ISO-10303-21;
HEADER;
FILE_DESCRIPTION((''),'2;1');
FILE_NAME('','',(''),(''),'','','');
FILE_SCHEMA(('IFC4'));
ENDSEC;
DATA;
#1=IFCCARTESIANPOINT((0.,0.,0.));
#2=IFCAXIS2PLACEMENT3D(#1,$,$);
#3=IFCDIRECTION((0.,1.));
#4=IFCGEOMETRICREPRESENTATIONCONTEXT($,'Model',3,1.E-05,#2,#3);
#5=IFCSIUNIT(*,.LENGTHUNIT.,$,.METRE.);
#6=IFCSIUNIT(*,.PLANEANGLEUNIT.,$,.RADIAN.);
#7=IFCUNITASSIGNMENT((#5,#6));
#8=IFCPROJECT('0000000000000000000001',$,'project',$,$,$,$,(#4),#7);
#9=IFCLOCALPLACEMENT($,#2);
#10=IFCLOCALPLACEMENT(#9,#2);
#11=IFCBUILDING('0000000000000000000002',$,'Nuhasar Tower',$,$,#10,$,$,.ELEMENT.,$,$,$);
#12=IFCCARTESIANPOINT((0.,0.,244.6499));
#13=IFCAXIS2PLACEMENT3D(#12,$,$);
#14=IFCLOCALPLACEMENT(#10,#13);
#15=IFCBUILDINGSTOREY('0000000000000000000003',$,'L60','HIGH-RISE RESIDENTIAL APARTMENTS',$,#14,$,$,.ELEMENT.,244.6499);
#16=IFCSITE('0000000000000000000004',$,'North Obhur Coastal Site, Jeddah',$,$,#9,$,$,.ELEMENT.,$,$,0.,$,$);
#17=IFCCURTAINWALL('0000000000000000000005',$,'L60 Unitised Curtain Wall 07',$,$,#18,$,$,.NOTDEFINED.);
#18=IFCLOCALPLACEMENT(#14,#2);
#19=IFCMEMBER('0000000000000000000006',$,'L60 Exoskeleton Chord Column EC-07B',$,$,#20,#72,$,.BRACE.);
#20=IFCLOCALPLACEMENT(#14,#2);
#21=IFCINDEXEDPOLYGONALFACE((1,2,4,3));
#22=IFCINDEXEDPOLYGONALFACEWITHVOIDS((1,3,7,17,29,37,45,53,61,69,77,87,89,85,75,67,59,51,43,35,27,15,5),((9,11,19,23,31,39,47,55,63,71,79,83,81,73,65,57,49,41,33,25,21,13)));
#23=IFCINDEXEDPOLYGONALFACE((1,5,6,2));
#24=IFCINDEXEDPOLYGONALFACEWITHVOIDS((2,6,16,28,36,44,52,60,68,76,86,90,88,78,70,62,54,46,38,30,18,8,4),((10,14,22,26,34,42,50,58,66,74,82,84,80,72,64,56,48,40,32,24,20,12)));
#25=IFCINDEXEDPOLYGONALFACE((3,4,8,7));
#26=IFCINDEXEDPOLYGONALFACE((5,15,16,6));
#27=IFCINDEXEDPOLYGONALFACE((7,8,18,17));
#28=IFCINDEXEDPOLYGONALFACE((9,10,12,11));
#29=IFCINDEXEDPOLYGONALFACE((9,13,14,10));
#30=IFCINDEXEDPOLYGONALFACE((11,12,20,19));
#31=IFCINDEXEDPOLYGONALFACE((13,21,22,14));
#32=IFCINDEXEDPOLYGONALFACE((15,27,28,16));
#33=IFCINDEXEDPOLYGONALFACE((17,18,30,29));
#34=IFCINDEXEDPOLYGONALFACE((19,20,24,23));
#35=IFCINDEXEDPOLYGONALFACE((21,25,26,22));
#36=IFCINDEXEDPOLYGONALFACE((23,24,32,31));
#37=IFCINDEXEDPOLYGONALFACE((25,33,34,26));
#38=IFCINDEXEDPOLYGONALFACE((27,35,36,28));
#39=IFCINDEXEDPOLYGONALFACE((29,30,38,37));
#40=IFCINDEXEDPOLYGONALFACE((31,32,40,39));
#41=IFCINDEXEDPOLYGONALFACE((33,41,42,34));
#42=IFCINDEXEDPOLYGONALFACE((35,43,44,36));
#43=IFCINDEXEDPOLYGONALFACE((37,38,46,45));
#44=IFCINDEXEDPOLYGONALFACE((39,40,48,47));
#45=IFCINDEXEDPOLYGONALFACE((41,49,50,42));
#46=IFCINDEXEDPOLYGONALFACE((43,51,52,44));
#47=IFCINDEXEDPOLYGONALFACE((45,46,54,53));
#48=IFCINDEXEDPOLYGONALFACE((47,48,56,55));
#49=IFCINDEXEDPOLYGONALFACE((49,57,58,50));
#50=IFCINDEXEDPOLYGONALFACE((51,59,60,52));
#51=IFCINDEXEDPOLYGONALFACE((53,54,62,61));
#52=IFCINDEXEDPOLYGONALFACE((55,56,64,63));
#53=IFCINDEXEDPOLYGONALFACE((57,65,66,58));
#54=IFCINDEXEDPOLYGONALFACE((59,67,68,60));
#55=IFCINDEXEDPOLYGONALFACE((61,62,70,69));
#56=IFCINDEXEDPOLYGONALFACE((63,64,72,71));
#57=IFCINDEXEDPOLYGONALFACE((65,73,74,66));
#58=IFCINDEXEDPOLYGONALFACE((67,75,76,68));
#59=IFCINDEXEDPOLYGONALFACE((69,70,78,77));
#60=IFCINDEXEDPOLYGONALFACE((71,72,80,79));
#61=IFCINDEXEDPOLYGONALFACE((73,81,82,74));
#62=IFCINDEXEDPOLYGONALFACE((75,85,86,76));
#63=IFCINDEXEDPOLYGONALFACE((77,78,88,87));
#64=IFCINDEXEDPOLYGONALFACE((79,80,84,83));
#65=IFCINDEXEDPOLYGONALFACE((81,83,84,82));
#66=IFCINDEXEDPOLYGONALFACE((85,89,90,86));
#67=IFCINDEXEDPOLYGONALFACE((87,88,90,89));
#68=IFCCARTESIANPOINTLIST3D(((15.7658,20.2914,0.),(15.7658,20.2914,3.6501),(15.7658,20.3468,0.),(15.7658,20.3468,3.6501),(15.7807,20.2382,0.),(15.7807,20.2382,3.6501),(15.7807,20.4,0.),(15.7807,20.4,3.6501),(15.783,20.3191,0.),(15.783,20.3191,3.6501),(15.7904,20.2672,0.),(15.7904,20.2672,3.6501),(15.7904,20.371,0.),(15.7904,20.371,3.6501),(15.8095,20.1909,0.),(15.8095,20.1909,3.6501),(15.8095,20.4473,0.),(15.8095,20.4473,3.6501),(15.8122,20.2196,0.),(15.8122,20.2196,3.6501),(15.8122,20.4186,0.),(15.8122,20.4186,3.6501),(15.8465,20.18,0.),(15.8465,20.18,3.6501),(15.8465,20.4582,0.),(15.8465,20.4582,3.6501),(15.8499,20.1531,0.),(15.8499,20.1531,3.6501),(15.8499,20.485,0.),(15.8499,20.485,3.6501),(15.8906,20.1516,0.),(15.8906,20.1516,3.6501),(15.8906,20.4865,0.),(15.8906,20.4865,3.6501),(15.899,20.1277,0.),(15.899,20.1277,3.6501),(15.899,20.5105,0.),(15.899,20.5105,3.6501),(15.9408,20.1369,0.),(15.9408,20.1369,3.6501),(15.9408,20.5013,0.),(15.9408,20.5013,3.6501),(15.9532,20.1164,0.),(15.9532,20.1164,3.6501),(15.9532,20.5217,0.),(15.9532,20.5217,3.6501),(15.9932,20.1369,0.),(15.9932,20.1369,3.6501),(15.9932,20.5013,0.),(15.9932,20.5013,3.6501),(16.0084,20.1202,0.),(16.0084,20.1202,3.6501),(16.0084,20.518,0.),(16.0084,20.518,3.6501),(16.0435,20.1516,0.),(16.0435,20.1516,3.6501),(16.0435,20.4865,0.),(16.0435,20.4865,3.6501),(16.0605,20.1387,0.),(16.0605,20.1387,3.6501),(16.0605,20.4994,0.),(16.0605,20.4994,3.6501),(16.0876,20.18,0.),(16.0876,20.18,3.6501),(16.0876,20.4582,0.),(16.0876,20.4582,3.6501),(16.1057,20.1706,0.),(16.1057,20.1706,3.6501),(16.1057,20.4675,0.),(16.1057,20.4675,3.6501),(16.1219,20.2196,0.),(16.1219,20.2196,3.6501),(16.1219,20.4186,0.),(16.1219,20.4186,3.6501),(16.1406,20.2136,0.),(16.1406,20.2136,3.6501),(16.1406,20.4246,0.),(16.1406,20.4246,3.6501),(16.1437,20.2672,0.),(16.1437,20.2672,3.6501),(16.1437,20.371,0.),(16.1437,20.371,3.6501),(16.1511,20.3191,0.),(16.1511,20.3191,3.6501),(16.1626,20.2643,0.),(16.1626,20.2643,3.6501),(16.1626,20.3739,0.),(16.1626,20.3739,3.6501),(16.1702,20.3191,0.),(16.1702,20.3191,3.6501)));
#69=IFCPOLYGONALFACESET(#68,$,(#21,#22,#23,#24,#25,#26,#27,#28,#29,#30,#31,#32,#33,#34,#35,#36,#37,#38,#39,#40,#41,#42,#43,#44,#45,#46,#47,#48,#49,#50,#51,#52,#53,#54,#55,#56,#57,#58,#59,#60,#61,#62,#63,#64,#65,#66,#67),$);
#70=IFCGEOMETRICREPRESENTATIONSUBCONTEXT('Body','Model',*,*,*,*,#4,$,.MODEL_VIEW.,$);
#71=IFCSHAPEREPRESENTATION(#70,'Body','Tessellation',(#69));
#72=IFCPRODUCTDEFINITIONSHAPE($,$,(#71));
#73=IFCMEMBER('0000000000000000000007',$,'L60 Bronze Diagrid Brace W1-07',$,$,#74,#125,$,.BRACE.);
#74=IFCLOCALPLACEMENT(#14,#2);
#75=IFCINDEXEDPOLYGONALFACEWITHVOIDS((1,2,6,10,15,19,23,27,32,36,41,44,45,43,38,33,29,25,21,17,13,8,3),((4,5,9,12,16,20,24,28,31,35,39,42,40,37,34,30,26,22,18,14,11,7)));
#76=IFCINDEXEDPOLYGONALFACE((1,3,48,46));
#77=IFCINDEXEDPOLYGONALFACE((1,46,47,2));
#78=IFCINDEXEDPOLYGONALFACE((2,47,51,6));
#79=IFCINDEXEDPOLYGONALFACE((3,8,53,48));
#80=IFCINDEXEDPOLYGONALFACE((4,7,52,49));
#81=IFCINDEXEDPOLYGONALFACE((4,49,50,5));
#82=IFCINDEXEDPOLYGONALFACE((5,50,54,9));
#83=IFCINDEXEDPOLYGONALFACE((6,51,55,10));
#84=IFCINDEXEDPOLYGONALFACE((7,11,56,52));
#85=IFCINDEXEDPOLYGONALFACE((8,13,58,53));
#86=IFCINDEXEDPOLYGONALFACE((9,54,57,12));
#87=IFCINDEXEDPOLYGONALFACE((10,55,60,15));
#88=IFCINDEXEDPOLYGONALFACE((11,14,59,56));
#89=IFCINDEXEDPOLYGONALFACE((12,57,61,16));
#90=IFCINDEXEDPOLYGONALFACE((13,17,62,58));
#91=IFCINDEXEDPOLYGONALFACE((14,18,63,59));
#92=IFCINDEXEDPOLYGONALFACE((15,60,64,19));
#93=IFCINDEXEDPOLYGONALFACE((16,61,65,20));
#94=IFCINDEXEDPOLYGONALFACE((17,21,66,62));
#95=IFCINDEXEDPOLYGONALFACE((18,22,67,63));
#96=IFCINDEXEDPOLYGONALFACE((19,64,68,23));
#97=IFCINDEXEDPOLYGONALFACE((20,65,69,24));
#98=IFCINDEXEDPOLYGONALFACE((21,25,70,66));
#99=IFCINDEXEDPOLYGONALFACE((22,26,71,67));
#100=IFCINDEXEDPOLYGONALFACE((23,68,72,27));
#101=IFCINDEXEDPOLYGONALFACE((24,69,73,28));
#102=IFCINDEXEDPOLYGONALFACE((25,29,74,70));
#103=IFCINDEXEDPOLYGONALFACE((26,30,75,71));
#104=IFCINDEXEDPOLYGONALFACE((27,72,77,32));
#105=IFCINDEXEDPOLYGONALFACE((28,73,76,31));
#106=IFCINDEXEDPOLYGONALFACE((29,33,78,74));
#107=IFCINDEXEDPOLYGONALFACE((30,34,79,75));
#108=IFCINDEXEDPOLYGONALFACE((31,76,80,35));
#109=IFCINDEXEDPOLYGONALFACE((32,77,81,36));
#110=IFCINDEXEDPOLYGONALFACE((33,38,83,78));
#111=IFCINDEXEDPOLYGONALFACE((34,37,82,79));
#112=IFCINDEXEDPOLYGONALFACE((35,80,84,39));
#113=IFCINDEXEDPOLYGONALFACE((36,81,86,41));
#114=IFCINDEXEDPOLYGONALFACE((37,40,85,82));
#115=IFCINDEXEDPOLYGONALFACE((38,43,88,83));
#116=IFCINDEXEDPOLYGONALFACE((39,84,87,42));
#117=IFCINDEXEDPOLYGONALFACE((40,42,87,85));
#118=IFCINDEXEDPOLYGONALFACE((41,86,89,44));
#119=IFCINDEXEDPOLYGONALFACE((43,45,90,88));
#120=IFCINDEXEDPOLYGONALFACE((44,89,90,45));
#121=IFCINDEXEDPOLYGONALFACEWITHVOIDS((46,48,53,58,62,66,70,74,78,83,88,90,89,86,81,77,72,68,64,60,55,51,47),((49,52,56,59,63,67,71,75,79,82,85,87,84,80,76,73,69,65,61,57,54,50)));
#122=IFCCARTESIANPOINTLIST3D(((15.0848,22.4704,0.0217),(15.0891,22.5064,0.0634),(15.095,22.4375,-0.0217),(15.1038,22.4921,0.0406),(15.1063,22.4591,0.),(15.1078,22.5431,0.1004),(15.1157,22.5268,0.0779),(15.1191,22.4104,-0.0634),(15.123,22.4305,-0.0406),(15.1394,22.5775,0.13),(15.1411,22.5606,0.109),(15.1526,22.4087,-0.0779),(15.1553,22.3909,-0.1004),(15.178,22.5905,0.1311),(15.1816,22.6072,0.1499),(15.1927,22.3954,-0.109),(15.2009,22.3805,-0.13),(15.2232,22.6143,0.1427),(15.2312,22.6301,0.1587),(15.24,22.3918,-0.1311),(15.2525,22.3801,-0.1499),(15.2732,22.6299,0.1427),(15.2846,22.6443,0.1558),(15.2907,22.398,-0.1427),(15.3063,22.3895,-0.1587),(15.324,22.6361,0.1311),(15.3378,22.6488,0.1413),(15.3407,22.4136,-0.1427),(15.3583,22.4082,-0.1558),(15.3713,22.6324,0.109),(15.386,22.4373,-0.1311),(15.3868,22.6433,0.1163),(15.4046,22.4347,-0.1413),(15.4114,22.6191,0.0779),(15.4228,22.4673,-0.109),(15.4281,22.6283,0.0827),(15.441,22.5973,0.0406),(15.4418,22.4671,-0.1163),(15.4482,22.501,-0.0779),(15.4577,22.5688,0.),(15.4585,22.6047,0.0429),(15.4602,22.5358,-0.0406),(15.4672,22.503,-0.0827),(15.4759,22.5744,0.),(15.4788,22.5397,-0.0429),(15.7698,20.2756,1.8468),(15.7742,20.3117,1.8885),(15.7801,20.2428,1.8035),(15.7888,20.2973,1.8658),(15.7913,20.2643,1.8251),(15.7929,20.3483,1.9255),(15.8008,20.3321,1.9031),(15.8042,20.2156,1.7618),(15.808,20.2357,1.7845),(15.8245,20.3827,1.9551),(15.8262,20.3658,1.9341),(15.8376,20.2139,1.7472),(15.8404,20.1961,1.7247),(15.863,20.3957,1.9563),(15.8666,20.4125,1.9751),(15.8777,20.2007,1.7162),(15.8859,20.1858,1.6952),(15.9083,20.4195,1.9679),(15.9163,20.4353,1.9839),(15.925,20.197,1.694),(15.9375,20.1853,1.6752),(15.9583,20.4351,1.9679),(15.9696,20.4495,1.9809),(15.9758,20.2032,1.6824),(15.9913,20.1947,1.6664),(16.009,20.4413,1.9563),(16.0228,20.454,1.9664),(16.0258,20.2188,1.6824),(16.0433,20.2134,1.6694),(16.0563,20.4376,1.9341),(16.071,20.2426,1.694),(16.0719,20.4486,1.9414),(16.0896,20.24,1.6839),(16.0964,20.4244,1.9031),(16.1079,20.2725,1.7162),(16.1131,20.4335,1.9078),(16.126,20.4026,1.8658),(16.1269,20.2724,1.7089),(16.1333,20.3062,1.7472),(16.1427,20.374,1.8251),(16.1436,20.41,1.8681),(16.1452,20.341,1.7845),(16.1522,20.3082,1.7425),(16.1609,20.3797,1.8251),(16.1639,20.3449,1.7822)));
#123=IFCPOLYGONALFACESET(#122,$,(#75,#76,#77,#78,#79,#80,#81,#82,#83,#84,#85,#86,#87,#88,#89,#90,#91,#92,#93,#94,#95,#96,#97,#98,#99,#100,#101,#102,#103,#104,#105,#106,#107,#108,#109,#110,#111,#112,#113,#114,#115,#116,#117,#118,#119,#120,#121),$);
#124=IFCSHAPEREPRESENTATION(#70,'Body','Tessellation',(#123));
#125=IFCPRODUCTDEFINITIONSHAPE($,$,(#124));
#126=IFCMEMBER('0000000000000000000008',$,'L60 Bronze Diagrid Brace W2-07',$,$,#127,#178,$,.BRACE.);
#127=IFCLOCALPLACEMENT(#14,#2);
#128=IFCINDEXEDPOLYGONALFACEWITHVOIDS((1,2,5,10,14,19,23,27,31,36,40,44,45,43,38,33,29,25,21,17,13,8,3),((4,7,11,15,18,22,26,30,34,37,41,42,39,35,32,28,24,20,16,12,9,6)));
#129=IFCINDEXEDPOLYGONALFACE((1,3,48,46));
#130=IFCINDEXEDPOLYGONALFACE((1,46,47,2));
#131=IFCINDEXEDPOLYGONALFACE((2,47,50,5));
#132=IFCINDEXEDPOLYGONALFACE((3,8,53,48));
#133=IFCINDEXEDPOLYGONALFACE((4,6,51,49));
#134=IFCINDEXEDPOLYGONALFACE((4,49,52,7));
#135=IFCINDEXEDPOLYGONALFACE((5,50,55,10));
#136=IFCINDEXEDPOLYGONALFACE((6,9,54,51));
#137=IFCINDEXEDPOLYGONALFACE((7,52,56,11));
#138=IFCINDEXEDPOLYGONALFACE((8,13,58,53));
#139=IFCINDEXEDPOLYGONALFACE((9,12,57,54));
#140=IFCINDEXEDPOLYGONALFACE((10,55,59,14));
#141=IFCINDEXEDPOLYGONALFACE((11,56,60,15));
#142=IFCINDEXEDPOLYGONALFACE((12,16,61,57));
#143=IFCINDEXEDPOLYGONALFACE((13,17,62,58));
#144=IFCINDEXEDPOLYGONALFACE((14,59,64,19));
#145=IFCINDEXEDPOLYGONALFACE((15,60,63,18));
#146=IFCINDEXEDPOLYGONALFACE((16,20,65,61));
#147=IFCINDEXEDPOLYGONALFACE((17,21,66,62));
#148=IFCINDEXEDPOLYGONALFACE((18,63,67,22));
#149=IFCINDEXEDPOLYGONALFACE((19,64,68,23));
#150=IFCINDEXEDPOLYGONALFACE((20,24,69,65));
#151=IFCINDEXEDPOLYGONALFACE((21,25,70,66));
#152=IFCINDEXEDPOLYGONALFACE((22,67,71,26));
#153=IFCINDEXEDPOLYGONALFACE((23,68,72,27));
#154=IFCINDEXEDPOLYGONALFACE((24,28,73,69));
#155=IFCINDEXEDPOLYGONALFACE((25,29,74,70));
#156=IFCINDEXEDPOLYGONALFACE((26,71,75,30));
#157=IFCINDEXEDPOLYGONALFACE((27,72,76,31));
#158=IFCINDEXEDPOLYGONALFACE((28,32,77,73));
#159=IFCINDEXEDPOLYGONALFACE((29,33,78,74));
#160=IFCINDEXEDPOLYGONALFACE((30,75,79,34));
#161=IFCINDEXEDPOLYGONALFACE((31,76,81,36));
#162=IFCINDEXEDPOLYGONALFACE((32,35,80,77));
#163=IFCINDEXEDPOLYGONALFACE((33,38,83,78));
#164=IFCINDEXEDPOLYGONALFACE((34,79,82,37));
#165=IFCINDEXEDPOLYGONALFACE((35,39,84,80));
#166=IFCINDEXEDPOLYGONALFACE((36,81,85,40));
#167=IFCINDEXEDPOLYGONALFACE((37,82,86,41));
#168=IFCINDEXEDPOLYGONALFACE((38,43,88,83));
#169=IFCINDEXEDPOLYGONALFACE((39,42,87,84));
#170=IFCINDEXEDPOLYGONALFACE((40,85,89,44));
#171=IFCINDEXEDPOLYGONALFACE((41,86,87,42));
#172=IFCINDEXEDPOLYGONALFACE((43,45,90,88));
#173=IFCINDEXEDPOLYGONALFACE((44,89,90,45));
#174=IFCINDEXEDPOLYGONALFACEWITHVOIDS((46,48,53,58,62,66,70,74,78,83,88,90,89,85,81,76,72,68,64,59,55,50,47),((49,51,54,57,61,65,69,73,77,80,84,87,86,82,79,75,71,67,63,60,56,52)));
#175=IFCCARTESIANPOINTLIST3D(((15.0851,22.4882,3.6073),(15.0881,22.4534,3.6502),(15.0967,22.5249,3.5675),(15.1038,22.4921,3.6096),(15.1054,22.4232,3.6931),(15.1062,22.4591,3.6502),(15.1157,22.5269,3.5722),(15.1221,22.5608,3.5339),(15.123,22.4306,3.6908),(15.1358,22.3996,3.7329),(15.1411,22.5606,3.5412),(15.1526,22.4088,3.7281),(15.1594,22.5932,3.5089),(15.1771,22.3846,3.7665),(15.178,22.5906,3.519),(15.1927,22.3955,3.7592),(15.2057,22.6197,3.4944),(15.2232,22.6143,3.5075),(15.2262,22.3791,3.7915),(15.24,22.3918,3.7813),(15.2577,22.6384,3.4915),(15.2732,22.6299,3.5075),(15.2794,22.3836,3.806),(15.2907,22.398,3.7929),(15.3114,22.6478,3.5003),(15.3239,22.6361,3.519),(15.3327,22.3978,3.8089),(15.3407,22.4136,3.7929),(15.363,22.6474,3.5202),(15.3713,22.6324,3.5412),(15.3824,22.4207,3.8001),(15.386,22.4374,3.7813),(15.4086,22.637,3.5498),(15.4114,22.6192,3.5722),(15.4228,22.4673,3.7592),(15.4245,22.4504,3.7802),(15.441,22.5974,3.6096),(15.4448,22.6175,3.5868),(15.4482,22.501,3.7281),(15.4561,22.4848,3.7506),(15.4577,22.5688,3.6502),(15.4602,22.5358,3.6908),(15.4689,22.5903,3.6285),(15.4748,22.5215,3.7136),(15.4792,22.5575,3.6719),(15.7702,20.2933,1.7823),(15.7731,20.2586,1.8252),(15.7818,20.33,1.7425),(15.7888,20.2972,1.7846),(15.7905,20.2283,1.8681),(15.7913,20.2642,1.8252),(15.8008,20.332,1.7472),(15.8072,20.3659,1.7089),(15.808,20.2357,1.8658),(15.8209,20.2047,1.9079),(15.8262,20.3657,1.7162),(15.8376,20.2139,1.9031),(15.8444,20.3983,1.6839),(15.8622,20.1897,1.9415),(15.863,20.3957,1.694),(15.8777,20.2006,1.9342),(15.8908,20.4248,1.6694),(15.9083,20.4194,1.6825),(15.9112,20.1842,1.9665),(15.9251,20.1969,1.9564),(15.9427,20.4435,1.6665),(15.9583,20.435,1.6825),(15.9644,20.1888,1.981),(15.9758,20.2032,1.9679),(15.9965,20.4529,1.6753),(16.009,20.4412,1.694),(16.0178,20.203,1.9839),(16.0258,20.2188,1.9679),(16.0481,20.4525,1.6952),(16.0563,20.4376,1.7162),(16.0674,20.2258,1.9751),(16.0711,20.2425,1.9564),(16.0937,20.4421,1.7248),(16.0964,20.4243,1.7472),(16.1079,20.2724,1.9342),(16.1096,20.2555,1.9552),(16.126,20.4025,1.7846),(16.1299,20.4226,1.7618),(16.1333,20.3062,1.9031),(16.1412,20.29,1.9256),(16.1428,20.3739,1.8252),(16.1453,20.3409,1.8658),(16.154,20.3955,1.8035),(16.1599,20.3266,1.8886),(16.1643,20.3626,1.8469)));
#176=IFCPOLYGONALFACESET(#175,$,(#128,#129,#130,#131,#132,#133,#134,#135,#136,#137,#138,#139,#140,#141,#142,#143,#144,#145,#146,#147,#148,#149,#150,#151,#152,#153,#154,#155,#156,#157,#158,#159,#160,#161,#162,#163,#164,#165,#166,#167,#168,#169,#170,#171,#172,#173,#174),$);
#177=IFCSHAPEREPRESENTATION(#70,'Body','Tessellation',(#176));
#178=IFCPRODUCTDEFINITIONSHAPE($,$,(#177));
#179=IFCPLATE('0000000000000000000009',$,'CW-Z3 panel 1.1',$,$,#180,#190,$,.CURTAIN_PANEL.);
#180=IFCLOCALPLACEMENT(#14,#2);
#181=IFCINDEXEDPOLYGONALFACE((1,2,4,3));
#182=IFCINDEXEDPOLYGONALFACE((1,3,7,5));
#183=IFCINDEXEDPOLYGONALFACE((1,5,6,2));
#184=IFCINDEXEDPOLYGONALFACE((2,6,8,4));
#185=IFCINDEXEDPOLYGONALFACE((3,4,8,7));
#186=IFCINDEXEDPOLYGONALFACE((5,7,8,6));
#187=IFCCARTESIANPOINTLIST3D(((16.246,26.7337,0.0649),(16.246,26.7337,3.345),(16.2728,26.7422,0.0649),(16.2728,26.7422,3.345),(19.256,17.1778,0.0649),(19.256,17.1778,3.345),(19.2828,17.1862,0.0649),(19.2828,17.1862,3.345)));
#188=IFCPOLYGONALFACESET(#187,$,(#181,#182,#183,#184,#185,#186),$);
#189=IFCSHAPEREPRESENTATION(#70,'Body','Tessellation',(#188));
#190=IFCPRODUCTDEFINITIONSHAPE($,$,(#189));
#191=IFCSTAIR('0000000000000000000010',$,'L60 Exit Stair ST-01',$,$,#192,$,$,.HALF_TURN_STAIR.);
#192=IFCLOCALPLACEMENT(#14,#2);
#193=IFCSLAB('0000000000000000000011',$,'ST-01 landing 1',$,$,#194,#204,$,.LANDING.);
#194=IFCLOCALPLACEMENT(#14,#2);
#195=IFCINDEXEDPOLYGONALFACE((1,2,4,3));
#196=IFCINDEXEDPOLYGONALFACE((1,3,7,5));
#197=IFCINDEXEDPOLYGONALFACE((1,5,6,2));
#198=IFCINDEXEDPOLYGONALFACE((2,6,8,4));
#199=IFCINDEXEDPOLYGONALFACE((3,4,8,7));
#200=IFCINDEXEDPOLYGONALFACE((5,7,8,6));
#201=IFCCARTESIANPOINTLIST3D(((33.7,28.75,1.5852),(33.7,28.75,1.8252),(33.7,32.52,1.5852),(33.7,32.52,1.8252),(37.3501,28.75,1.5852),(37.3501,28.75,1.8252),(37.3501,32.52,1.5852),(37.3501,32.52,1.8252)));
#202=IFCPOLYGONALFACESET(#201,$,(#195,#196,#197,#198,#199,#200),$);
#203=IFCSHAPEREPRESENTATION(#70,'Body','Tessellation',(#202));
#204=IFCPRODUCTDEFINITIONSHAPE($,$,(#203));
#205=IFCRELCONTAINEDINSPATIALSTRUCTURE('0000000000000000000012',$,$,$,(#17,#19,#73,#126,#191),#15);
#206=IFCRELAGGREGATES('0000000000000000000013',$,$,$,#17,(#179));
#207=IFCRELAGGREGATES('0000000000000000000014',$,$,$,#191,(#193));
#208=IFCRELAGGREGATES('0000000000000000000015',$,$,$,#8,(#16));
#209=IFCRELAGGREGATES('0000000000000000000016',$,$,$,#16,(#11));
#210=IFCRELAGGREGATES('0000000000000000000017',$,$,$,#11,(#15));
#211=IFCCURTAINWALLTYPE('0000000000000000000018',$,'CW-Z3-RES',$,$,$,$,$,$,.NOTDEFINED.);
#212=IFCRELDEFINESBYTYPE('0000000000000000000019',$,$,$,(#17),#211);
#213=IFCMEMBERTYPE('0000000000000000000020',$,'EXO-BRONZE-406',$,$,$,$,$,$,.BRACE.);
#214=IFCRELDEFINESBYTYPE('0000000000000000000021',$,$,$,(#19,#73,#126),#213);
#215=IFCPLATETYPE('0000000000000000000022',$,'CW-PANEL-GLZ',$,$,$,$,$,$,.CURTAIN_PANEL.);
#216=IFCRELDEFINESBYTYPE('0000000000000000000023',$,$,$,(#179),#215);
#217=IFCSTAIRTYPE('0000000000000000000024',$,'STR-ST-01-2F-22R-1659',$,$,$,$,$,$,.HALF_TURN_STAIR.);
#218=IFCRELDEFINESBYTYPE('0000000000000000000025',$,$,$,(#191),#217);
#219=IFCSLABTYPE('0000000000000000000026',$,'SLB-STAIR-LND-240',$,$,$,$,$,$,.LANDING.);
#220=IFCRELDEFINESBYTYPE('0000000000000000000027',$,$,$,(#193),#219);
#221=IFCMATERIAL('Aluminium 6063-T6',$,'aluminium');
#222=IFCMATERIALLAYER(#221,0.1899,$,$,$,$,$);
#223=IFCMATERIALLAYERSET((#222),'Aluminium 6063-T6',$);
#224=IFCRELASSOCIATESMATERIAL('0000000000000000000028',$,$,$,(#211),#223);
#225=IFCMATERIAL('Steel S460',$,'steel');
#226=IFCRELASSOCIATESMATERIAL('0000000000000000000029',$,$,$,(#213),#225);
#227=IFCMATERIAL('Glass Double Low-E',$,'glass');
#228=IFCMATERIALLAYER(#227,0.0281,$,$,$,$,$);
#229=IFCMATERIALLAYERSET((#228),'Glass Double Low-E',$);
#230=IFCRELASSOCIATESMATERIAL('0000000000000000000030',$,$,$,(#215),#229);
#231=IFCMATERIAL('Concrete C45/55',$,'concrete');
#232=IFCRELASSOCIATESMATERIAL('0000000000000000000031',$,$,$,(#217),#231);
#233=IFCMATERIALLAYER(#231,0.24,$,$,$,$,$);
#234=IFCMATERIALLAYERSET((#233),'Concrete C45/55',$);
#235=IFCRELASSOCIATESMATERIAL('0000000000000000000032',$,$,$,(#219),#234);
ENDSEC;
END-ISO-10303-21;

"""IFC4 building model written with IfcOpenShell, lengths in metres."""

from ifc_helpers import new_model, si_unit, direction, frame, origin, origin_2d, place, context, subcontext, project, spatial, polyline, rectangle, hollow_circle, outline, extrude, material, layer, layer_set, material_profile, profile_set, type_object, element, aggregate, save


model = new_model("IFC4")

# Units and contexts
model_context = context("Model", 3, precision=1e-05, world=origin(), true_north=direction((0.0, 1.0)))
body_context = subcontext(model_context, "Body", "Model", "MODEL_VIEW")
ifc_project = project(units=[si_unit("LENGTHUNIT", "METRE"), si_unit("PLANEANGLEUNIT", "RADIAN")], contexts=[model_context])

# Site, building, storey
site_placement = place(None, origin())
site = spatial("IfcSite", under=ifc_project, at=site_placement, Name="North Obhur Coastal Site, Jeddah", CompositionType="ELEMENT", RefElevation=0.0)
building_placement = place(site_placement, origin())
building = spatial("IfcBuilding", under=site, at=building_placement, Name="Nuhasar Tower", CompositionType="ELEMENT")
storey_placement = place(building_placement, frame((0.0, 0.0, 244.6499)))
storey = spatial("IfcBuildingStorey", under=building, at=storey_placement, Name="L60", Description="HIGH-RISE RESIDENTIAL APARTMENTS", CompositionType="ELEMENT", Elevation=244.6499)

# Curtain wall
ifc_material_1 = material(Name="Aluminium 6063-T6", Category="aluminium")
ifc_layer_1 = layer(ifc_material_1, 0.1899)
ifc_layer_set_1 = layer_set([ifc_layer_1], Name="Aluminium 6063-T6")
curtain_wall_type = type_object("IfcCurtainWallType", Name="CW-Z3-RES", PredefinedType="NOTDEFINED", material=ifc_layer_set_1)
curtain_wall_1_placement = place(storey_placement, origin())
curtain_wall_1 = element("IfcCurtainWall", 1, at=curtain_wall_1_placement, inside=storey, type_object=curtain_wall_type, Name="L60 Unitised Curtain Wall 07", PredefinedType="NOTDEFINED")

# Members
ifc_material_2 = material(Name="Steel S460", Category="steel")
ifc_material_profile_1 = material_profile(ifc_material_2, hollow_circle(Radius=0.2031, WallThickness=0.019, at=origin_2d()), Name="HSS406.4X19.1")
ifc_profile_set_1 = profile_set([ifc_material_profile_1], Name="Steel S460")
member_type_1 = type_object("IfcMemberType", Name="EXO-BRONZE-406", PredefinedType="BRACE", material=ifc_profile_set_1)
for number, where, z_axis, x_axis, name in (
    (2, (15.967, 20.3191, 0.0), (0.0, 0.0, 1.0), (1.0, 0.0, 0.0), "L60 Exoskeleton Chord Column EC-07B"),
):
    element("IfcMember", number, at=place(storey_placement, frame(where, z_axis=z_axis, x_axis=x_axis)), inside=storey, type_object=member_type_1, Name=name, PredefinedType="BRACE", context=body_context, shape_type="SweptSolid", body=[
        extrude(hollow_circle(Radius=0.2031, WallThickness=0.019, at=origin_2d()), origin(), (0.0, 0.0, 1.0), 3.6501),
    ])
for number, where, z_axis, x_axis, name in (
    (3, (15.282, 22.5139, 0.0), (0.23336, -0.747651, 0.62174), (0.954582, 0.297948, 0.0), "L60 Bronze Diagrid Brace W1-07"),
    (4, (15.967, 20.3191, 1.8252), (-0.233372, 0.74769, 0.621689), (-0.954582, -0.297948, 0.0), "L60 Bronze Diagrid Brace W2-07"),
):
    element("IfcMember", number, at=place(storey_placement, frame(where, z_axis=z_axis, x_axis=x_axis)), inside=storey, type_object=member_type_1, Name=name, PredefinedType="BRACE", context=body_context, shape_type="SweptSolid", body=[
        extrude(hollow_circle(Radius=0.2031, WallThickness=0.019, at=origin_2d()), origin(), (0.0, 0.0, 1.0), 2.9355),
    ])

# Plate
ifc_material_3 = material(Name="Glass Double Low-E", Category="glass")
ifc_layer_2 = layer(ifc_material_3, 0.0281)
ifc_layer_set_2 = layer_set([ifc_layer_2], Name="Glass Double Low-E")
plate_type = type_object("IfcPlateType", Name="CW-PANEL-GLZ", PredefinedType="CURTAIN_PANEL", material=ifc_layer_set_2)
plate_placement = place(storey_placement, frame((17.7644, 21.96, 0.0649), z_axis=(0.0, 0.0, 1.0), x_axis=(0.300429, -0.953804, 0.0)))
plate = element("IfcPlate", 5, at=plate_placement, type_object=plate_type, Name="CW-Z3 panel 1.1", PredefinedType="CURTAIN_PANEL", context=body_context, shape_type="SweptSolid", body=[
    extrude(rectangle(XDim=10.0188, YDim=0.0281, at=origin_2d()), origin(), (0.0, 0.0, 1.0), 3.28),
])
aggregate(curtain_wall_1, [plate])

# Stair, slab
ifc_material_4 = material(Name="Concrete C45/55", Category="concrete")
stair_type_1 = type_object("IfcStairType", Name="STR-ST-01-2F-22R-1659", PredefinedType="HALF_TURN_STAIR", material=ifc_material_4)
stair_1_placement = place(storey_placement, origin())
stair_1 = element("IfcStair", 6, at=stair_1_placement, inside=storey, type_object=stair_type_1, Name="L60 Exit Stair ST-01", PredefinedType="HALF_TURN_STAIR")
ifc_layer_3 = layer(ifc_material_4, 0.24)
ifc_layer_set_3 = layer_set([ifc_layer_3], Name="Concrete C45/55")
slab_type_1 = type_object("IfcSlabType", Name="SLB-STAIR-LND-240", PredefinedType="LANDING", material=ifc_layer_set_3)
slab_1_placement = place(storey_placement, frame((0.0, 0.0, 1.5852)))
slab_1 = element("IfcSlab", 7, at=slab_1_placement, type_object=slab_type_1, Name="ST-01 landing 1", PredefinedType="LANDING", context=body_context, shape_type="SweptSolid", body=[
    extrude(outline(polyline([(33.7, 28.75), (37.3501, 28.75), (37.3501, 32.52), (33.7, 32.52), (33.7, 28.75)])), origin(), (0.0, 0.0, 1.0), 0.24),
])
aggregate(stair_1, [slab_1])

save(model, "model.ifc")
